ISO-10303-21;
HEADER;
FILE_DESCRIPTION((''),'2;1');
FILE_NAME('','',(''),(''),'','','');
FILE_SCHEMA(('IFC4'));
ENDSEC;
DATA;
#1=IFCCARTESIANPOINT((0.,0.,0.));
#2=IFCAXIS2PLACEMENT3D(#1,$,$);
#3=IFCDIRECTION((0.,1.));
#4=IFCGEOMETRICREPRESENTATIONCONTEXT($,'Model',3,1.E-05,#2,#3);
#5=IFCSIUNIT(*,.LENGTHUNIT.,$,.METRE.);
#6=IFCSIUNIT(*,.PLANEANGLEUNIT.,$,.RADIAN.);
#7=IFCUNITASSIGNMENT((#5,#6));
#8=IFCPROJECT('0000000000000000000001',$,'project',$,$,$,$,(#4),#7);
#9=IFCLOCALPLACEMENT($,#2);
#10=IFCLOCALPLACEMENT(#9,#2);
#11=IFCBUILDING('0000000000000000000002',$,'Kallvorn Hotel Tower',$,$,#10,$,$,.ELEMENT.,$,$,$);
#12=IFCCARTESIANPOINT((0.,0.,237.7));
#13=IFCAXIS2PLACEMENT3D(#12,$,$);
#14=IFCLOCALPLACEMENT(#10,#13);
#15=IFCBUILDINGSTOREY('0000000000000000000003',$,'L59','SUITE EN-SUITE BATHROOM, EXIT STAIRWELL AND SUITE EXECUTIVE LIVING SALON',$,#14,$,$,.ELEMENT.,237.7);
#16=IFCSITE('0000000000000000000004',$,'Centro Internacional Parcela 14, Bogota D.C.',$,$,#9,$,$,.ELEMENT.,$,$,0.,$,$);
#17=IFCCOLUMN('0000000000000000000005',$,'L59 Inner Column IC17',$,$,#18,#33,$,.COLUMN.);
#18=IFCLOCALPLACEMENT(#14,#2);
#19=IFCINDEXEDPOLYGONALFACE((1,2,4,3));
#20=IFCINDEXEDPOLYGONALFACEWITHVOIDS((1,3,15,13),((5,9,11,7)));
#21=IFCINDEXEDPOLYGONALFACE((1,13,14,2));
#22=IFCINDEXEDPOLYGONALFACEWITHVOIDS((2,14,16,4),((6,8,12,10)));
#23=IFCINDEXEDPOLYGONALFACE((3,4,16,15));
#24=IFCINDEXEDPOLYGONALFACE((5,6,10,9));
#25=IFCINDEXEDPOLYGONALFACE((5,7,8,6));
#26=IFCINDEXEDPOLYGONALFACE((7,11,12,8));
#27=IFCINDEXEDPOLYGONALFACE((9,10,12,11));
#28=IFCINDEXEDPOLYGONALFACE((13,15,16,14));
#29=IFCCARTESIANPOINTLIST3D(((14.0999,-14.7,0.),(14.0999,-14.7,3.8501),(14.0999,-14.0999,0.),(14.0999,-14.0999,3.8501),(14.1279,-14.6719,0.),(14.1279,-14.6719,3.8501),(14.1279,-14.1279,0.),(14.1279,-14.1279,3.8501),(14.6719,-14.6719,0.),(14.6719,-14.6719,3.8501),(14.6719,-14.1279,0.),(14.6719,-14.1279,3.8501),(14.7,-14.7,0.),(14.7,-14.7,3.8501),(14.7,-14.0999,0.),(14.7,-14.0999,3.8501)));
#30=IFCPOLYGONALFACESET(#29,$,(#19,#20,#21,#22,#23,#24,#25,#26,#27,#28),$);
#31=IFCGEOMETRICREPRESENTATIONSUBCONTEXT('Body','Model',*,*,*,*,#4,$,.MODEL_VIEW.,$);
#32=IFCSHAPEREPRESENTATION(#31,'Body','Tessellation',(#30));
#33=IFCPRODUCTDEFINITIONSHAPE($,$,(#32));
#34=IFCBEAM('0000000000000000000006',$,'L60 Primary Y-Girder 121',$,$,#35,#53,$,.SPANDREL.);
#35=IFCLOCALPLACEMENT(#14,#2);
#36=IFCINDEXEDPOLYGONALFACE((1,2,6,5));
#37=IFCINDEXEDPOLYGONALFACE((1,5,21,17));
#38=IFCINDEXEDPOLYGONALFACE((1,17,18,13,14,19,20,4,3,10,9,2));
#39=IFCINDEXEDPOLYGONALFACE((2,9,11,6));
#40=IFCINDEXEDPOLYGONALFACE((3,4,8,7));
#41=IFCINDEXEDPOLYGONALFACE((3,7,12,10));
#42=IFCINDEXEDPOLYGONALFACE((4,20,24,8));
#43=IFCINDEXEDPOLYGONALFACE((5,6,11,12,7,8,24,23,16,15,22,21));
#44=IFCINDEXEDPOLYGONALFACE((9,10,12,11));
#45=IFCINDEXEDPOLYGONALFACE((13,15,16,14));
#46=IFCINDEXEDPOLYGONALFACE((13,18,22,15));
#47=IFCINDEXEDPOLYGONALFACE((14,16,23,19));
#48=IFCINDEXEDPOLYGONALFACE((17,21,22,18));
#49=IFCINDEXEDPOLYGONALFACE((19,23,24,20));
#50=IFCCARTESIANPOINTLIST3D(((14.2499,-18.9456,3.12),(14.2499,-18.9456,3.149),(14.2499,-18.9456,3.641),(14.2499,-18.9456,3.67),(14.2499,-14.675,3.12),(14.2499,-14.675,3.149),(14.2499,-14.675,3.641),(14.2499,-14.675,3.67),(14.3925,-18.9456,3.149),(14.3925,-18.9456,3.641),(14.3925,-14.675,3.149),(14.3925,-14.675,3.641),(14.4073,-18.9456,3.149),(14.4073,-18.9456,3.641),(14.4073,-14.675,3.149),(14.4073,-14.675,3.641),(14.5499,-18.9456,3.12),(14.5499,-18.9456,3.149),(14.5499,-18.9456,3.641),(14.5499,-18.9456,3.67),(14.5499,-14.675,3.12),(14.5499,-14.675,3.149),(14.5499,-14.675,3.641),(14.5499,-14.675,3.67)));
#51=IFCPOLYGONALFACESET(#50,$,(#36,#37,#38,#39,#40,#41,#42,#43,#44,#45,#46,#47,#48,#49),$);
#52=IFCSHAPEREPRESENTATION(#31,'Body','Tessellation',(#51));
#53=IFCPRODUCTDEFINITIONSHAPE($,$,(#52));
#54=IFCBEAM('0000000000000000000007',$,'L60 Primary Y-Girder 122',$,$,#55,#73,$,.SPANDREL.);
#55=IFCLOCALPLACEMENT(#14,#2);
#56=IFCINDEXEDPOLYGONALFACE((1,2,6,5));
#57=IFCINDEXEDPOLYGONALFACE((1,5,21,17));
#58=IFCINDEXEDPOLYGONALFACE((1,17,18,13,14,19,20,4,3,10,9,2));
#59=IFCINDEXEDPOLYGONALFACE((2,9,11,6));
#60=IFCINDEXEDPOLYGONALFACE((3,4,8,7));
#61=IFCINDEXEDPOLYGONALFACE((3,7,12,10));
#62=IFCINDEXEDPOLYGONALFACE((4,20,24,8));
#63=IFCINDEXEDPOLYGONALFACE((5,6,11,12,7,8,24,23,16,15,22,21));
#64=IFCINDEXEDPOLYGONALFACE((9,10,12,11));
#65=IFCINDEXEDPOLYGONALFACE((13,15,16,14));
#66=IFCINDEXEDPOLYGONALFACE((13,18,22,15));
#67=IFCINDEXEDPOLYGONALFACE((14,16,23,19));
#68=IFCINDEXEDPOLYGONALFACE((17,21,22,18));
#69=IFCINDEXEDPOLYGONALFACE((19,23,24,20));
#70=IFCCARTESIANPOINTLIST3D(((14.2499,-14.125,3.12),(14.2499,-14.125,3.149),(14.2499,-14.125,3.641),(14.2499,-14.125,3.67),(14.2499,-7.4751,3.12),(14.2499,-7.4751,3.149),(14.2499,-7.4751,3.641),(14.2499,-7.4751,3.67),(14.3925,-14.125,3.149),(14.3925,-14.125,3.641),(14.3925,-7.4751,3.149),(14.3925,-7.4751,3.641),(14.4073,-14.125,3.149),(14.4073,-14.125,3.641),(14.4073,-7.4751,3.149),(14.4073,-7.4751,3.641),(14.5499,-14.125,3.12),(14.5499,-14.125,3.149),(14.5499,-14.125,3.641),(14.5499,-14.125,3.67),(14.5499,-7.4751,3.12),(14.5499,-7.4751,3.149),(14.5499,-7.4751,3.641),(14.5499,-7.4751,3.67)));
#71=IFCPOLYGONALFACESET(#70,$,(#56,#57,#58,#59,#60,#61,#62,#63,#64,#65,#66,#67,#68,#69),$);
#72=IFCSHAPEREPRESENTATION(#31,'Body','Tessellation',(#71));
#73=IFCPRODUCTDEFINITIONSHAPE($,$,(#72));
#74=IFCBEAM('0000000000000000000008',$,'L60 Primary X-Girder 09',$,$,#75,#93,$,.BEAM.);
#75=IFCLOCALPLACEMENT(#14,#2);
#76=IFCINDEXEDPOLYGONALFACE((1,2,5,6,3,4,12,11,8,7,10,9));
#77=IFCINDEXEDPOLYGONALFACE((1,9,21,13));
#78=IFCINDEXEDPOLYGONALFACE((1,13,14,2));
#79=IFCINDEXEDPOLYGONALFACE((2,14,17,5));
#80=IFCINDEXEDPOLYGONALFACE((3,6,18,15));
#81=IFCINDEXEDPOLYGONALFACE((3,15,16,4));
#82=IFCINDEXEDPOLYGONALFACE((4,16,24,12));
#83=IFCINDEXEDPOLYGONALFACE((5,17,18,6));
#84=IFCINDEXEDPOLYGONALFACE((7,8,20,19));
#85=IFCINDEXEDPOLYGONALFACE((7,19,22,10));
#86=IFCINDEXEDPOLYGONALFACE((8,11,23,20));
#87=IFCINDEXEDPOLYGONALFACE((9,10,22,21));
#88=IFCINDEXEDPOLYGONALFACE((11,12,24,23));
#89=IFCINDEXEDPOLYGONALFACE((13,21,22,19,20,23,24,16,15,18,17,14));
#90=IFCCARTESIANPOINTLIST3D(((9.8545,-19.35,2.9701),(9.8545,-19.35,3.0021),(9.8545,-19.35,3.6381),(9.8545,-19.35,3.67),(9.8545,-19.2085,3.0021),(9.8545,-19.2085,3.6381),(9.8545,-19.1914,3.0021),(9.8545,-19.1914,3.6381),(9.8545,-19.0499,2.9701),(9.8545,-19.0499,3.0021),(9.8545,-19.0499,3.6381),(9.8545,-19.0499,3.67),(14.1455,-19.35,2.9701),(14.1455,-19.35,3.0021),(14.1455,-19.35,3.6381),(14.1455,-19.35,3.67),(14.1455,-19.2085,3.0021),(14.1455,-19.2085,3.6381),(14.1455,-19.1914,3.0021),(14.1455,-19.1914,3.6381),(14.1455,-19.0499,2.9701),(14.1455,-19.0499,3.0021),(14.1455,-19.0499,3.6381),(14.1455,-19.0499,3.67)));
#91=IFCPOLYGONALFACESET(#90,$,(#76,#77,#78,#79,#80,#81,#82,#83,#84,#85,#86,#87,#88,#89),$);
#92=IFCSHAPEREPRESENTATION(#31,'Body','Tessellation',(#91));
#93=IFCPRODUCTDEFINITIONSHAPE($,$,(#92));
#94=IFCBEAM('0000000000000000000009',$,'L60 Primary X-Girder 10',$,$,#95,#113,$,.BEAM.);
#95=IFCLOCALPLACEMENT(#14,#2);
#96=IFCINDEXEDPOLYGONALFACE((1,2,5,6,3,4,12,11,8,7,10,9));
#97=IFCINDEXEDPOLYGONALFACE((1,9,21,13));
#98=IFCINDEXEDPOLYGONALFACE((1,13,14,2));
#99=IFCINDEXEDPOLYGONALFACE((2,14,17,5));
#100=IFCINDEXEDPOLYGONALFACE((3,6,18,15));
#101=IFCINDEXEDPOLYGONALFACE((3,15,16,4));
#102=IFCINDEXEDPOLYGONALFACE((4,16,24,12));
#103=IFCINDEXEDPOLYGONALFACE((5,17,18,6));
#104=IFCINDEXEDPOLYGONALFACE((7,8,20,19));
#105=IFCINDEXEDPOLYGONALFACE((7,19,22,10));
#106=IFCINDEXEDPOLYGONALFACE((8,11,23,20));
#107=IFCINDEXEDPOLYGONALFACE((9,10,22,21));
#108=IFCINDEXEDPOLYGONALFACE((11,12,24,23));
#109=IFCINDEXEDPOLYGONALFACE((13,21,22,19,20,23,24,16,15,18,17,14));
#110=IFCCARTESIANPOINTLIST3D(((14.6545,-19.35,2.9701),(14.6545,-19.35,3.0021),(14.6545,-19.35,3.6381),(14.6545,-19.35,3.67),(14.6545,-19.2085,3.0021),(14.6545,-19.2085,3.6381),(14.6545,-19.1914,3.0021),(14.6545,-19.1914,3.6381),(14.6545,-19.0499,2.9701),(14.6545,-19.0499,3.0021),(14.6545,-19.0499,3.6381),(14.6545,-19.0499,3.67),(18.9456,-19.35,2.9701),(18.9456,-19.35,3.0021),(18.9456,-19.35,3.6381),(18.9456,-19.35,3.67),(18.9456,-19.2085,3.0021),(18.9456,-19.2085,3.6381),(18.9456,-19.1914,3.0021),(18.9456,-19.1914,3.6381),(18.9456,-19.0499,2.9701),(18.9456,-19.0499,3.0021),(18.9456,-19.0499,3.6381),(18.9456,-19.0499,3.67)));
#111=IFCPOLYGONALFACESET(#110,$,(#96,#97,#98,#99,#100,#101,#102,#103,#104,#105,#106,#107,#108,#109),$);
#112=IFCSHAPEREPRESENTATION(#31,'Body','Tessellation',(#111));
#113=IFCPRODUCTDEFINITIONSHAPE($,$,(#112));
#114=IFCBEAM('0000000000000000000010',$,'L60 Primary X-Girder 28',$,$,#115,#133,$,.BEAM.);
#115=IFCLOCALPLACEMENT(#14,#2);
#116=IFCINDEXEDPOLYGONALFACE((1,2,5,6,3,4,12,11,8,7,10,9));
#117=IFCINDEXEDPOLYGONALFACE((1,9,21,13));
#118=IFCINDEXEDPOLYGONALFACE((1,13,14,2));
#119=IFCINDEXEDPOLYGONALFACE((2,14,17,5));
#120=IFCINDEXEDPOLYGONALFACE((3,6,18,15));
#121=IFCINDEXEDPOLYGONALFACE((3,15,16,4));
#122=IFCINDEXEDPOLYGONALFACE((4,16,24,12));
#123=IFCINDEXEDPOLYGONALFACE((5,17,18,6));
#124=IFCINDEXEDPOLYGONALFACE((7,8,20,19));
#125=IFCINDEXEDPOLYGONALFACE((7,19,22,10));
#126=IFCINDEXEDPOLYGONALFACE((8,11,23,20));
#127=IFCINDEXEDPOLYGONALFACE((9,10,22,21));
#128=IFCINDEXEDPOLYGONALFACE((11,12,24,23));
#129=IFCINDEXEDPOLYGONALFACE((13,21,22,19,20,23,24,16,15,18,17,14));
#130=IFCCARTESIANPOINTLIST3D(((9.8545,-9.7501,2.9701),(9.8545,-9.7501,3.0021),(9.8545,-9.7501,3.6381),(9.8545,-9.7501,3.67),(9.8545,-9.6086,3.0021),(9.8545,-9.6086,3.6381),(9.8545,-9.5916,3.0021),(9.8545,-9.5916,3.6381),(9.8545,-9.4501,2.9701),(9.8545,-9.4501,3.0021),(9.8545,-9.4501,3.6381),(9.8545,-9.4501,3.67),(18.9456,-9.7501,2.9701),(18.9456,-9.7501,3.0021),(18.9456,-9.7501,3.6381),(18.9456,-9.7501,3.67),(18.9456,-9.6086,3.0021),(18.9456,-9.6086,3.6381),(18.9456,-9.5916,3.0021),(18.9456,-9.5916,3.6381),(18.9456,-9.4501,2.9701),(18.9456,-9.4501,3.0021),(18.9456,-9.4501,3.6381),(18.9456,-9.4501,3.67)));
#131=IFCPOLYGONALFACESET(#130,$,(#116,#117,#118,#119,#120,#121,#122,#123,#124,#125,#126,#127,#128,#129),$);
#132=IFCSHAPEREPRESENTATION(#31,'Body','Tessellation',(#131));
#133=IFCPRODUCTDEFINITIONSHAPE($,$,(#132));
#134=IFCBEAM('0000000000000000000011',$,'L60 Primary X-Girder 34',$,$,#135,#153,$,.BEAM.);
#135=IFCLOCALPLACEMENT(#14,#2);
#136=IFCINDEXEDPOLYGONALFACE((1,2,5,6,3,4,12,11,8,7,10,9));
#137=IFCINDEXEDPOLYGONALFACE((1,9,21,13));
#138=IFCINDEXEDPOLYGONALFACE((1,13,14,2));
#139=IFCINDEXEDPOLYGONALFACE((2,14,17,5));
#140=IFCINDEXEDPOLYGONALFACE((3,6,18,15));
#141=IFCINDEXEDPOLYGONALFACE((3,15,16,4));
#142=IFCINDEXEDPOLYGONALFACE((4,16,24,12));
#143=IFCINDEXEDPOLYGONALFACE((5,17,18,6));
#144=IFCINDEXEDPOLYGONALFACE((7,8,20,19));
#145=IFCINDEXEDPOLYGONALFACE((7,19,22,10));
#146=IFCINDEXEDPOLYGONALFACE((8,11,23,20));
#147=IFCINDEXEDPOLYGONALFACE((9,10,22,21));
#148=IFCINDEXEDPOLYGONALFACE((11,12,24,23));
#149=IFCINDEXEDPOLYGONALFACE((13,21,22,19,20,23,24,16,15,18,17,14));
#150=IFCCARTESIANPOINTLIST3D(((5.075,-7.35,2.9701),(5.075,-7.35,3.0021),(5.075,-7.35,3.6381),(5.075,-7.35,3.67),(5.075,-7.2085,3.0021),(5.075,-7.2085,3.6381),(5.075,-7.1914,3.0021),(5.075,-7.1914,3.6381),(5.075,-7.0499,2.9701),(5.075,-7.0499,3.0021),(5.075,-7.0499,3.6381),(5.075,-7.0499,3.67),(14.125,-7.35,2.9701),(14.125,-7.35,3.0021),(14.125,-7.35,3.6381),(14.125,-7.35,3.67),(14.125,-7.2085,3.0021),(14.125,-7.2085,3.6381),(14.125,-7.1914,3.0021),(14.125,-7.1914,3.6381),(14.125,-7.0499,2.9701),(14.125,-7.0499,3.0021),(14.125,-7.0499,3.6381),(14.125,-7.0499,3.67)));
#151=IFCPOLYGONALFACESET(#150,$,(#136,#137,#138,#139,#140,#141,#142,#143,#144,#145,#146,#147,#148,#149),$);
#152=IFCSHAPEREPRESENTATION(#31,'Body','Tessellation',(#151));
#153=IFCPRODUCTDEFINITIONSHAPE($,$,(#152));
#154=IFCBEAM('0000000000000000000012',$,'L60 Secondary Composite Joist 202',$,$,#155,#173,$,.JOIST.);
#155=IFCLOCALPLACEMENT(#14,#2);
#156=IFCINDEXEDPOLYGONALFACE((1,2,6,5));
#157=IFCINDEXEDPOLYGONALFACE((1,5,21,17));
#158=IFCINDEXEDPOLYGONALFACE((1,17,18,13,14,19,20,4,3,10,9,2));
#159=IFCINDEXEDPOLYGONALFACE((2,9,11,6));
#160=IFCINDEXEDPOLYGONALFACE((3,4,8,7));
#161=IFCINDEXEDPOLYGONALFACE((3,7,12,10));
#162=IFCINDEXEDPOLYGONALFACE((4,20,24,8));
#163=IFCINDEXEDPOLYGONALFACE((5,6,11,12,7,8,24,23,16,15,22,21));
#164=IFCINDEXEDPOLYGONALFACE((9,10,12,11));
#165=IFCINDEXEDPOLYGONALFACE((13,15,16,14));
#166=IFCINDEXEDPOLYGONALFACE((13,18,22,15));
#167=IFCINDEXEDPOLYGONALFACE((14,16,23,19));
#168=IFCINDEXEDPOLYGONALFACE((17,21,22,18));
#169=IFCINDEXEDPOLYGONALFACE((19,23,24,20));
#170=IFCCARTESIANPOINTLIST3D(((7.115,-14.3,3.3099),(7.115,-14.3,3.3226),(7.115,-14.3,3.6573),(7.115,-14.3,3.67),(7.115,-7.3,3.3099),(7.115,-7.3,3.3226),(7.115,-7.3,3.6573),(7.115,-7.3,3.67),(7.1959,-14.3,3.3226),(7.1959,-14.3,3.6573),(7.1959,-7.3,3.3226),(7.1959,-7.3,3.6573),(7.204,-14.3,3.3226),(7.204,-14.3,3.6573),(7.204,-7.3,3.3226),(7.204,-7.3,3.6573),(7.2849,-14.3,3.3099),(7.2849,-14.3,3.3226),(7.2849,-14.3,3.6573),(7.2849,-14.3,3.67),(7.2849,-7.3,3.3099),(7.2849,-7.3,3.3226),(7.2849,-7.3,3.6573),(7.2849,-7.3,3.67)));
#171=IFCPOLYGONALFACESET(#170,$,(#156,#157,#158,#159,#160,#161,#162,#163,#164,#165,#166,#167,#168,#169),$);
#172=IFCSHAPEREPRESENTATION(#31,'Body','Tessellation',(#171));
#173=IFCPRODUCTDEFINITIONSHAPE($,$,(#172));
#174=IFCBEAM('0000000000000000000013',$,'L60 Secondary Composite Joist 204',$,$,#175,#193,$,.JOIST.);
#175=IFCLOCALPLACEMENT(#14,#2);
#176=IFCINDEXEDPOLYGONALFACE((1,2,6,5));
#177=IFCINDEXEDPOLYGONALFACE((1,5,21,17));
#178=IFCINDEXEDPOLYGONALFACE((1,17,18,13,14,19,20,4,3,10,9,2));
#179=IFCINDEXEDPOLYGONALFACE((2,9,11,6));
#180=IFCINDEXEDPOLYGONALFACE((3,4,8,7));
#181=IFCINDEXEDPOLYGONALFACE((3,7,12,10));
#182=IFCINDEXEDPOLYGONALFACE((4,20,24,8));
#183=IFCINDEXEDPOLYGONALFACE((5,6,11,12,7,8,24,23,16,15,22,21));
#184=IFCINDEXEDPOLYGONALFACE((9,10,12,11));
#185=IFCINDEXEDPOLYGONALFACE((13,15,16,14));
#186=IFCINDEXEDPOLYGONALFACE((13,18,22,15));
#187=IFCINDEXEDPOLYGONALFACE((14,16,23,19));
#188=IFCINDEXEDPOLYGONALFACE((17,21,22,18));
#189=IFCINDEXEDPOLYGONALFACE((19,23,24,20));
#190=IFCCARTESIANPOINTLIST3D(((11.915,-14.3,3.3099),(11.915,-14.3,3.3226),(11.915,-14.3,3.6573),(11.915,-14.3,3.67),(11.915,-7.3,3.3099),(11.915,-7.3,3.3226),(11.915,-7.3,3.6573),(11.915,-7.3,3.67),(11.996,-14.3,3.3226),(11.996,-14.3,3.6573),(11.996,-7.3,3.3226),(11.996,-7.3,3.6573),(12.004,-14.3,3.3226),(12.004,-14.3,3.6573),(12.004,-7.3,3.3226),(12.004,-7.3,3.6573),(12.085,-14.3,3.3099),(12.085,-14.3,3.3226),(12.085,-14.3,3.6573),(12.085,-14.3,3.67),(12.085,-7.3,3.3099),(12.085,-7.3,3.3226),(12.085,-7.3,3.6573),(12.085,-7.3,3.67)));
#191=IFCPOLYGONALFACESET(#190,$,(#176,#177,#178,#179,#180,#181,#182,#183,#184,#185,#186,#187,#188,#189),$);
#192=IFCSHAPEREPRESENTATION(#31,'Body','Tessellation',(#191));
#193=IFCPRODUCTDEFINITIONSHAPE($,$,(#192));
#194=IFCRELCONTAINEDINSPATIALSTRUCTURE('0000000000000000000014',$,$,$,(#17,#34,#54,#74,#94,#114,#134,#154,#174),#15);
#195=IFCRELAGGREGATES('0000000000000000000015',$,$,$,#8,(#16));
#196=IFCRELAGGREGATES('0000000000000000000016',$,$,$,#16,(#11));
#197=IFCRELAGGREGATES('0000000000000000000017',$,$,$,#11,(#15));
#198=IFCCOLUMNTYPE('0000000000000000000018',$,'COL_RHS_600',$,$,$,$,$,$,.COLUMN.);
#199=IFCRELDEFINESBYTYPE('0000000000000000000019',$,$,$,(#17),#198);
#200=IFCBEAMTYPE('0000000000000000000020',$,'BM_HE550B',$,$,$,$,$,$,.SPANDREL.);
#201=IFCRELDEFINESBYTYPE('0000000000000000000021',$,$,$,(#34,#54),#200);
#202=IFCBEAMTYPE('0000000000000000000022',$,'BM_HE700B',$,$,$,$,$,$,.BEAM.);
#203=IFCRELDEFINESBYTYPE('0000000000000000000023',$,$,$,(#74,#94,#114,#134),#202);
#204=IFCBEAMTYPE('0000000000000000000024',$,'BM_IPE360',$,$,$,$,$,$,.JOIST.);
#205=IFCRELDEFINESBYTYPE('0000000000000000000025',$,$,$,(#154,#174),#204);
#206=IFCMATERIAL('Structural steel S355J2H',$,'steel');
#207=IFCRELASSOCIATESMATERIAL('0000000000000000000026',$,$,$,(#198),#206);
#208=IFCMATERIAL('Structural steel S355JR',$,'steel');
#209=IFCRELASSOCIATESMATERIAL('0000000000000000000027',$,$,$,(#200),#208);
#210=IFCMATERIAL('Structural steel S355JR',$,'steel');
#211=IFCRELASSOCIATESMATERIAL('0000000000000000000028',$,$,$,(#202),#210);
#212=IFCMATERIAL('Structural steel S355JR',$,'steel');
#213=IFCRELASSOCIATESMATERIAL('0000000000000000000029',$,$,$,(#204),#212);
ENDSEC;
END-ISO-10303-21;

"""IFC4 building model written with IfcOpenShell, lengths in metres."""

from ifc_helpers import new_model, si_unit, direction, frame, origin, origin_2d, place, context, subcontext, project, spatial, hollow_rectangle, i_section, extrude, material, material_profile, profile_set, type_object, element, save


model = new_model("IFC4")

# Units and contexts
model_context = context("Model", 3, precision=1e-05, world=origin(), true_north=direction((0.0, 1.0)))
body_context = subcontext(model_context, "Body", "Model", "MODEL_VIEW")
ifc_project = project(units=[si_unit("LENGTHUNIT", "METRE"), si_unit("PLANEANGLEUNIT", "RADIAN")], contexts=[model_context])

# Site, building, storey
site_placement = place(None, origin())
site = spatial("IfcSite", under=ifc_project, at=site_placement, Name="Centro Internacional Parcela 14, Bogota D.C.", CompositionType="ELEMENT", RefElevation=0.0)
building_placement = place(site_placement, origin())
building = spatial("IfcBuilding", under=site, at=building_placement, Name="Kallvorn Hotel Tower", CompositionType="ELEMENT")
storey_placement = place(building_placement, frame((0.0, 0.0, 237.7)))
storey = spatial("IfcBuildingStorey", under=building, at=storey_placement, Name="L59", Description="SUITE EN-SUITE BATHROOM, EXIT STAIRWELL AND SUITE EXECUTIVE LIVING SALON", CompositionType="ELEMENT", Elevation=237.7)

# Column
ifc_material_1 = material(Name="Structural steel S355J2H", Category="steel")
ifc_material_profile_1 = material_profile(ifc_material_1, hollow_rectangle(XDim=0.6001, YDim=0.6001, WallThickness=0.0281, at=origin_2d()), Name="RHS 600x600x28")
ifc_profile_set_1 = profile_set([ifc_material_profile_1], Name="Structural steel S355J2H")
column_type_1 = type_object("IfcColumnType", Name="COL_RHS_600", PredefinedType="COLUMN", material=ifc_profile_set_1)
column_placement = place(storey_placement, frame((14.3999, -14.3999, 0.0), z_axis=(0.0, 0.0, 1.0), x_axis=(1.0, 0.0, 0.0)))
element("IfcColumn", 1, at=column_placement, inside=storey, type_object=column_type_1, Name="L59 Inner Column IC17", PredefinedType="COLUMN", context=body_context, shape_type="SweptSolid", body=[
    extrude(hollow_rectangle(XDim=0.6001, YDim=0.6001, WallThickness=0.0281, at=origin_2d()), origin(), (0.0, 0.0, 1.0), 3.8501),
])

# Beams
ifc_material_2 = material(Name="Structural steel S355JR", Category="steel")
ifc_material_profile_2 = material_profile(ifc_material_2, i_section(OverallWidth=0.3, OverallDepth=0.55, WebThickness=0.0149, FlangeThickness=0.0291, at=origin_2d()), Name="HE 550 B")
ifc_profile_set_2 = profile_set([ifc_material_profile_2], Name="Structural steel S355JR")
beam_type_1 = type_object("IfcBeamType", Name="BM_HE550B", PredefinedType="SPANDREL", material=ifc_profile_set_2)
beam_1_placement = place(storey_placement, frame((14.3999, -18.9456, 3.395), z_axis=(0.0, 1.0, 0.0), x_axis=(-1.0, 0.0, 0.0)))
element("IfcBeam", 2, at=beam_1_placement, inside=storey, type_object=beam_type_1, Name="L60 Primary Y-Girder 121", PredefinedType="SPANDREL", context=body_context, shape_type="SweptSolid", body=[
    extrude(i_section(OverallWidth=0.3, OverallDepth=0.55, WebThickness=0.0149, FlangeThickness=0.0291, at=origin_2d()), origin(), (0.0, 0.0, 1.0), 4.2705),
])
beam_2_placement = place(storey_placement, frame((14.3999, -14.125, 3.395), z_axis=(0.0, 1.0, 0.0), x_axis=(-1.0, 0.0, 0.0)))
element("IfcBeam", 3, at=beam_2_placement, inside=storey, type_object=beam_type_1, Name="L60 Primary Y-Girder 122", PredefinedType="SPANDREL", context=body_context, shape_type="SweptSolid", body=[
    extrude(i_section(OverallWidth=0.3, OverallDepth=0.55, WebThickness=0.0149, FlangeThickness=0.0291, at=origin_2d()), origin(), (0.0, 0.0, 1.0), 6.6499),
])
ifc_material_3 = material(Name="Structural steel S355JR", Category="steel")
ifc_material_profile_3 = material_profile(ifc_material_3, i_section(OverallWidth=0.3, OverallDepth=0.7, WebThickness=0.0171, FlangeThickness=0.032, at=origin_2d()), Name="HE 700 B")
ifc_profile_set_3 = profile_set([ifc_material_profile_3], Name="Structural steel S355JR")
beam_type_2 = type_object("IfcBeamType", Name="BM_HE700B", PredefinedType="BEAM", material=ifc_profile_set_3)
for number, where, z_axis, x_axis, name in (
    (4, (9.8545, -19.2, 3.3201), (1.0, 0.0, 0.0), (0.0, 1.0, 0.0), "L60 Primary X-Girder 09"),
    (5, (14.6545, -19.2, 3.3201), (1.0, 0.0, 0.0), (0.0, 1.0, 0.0), "L60 Primary X-Girder 10"),
):
    element("IfcBeam", number, at=place(storey_placement, frame(where, z_axis=z_axis, x_axis=x_axis)), inside=storey, type_object=beam_type_2, Name=name, PredefinedType="BEAM", context=body_context, shape_type="SweptSolid", body=[
        extrude(i_section(OverallWidth=0.3, OverallDepth=0.7, WebThickness=0.0171, FlangeThickness=0.032, at=origin_2d()), origin(), (0.0, 0.0, 1.0), 4.291),
    ])
beam_3_placement = place(storey_placement, frame((9.8545, -9.6001, 3.3201), z_axis=(1.0, 0.0, 0.0), x_axis=(0.0, 1.0, 0.0)))
element("IfcBeam", 6, at=beam_3_placement, inside=storey, type_object=beam_type_2, Name="L60 Primary X-Girder 28", PredefinedType="BEAM", context=body_context, shape_type="SweptSolid", body=[
    extrude(i_section(OverallWidth=0.3, OverallDepth=0.7, WebThickness=0.0171, FlangeThickness=0.032, at=origin_2d()), origin(), (0.0, 0.0, 1.0), 9.0911),
])
beam_4_placement = place(storey_placement, frame((5.075, -7.2, 3.3201), z_axis=(1.0, 0.0, 0.0), x_axis=(0.0, 1.0, 0.0)))
element("IfcBeam", 7, at=beam_4_placement, inside=storey, type_object=beam_type_2, Name="L60 Primary X-Girder 34", PredefinedType="BEAM", context=body_context, shape_type="SweptSolid", body=[
    extrude(i_section(OverallWidth=0.3, OverallDepth=0.7, WebThickness=0.0171, FlangeThickness=0.032, at=origin_2d()), origin(), (0.0, 0.0, 1.0), 9.05),
])
ifc_material_4 = material(Name="Structural steel S355JR", Category="steel")
ifc_material_profile_4 = material_profile(ifc_material_4, i_section(OverallWidth=0.1699, OverallDepth=0.3601, WebThickness=0.0081, FlangeThickness=0.0127, at=origin_2d()), Name="IPE 360")
ifc_profile_set_4 = profile_set([ifc_material_profile_4], Name="Structural steel S355JR")
beam_type_3 = type_object("IfcBeamType", Name="BM_IPE360", PredefinedType="JOIST", material=ifc_profile_set_4)
for number, where, z_axis, x_axis, name in (
    (8, (7.2, -14.3, 3.49), (0.0, 1.0, 0.0), (-1.0, 0.0, 0.0), "L60 Secondary Composite Joist 202"),
    (9, (12.0, -14.3, 3.49), (0.0, 1.0, 0.0), (-1.0, 0.0, 0.0), "L60 Secondary Composite Joist 204"),
):
    element("IfcBeam", number, at=place(storey_placement, frame(where, z_axis=z_axis, x_axis=x_axis)), inside=storey, type_object=beam_type_3, Name=name, PredefinedType="JOIST", context=body_context, shape_type="SweptSolid", body=[
        extrude(i_section(OverallWidth=0.1699, OverallDepth=0.3601, WebThickness=0.0081, FlangeThickness=0.0127, at=origin_2d()), origin(), (0.0, 0.0, 1.0), 7.0),
    ])

save(model, "model.ifc")
